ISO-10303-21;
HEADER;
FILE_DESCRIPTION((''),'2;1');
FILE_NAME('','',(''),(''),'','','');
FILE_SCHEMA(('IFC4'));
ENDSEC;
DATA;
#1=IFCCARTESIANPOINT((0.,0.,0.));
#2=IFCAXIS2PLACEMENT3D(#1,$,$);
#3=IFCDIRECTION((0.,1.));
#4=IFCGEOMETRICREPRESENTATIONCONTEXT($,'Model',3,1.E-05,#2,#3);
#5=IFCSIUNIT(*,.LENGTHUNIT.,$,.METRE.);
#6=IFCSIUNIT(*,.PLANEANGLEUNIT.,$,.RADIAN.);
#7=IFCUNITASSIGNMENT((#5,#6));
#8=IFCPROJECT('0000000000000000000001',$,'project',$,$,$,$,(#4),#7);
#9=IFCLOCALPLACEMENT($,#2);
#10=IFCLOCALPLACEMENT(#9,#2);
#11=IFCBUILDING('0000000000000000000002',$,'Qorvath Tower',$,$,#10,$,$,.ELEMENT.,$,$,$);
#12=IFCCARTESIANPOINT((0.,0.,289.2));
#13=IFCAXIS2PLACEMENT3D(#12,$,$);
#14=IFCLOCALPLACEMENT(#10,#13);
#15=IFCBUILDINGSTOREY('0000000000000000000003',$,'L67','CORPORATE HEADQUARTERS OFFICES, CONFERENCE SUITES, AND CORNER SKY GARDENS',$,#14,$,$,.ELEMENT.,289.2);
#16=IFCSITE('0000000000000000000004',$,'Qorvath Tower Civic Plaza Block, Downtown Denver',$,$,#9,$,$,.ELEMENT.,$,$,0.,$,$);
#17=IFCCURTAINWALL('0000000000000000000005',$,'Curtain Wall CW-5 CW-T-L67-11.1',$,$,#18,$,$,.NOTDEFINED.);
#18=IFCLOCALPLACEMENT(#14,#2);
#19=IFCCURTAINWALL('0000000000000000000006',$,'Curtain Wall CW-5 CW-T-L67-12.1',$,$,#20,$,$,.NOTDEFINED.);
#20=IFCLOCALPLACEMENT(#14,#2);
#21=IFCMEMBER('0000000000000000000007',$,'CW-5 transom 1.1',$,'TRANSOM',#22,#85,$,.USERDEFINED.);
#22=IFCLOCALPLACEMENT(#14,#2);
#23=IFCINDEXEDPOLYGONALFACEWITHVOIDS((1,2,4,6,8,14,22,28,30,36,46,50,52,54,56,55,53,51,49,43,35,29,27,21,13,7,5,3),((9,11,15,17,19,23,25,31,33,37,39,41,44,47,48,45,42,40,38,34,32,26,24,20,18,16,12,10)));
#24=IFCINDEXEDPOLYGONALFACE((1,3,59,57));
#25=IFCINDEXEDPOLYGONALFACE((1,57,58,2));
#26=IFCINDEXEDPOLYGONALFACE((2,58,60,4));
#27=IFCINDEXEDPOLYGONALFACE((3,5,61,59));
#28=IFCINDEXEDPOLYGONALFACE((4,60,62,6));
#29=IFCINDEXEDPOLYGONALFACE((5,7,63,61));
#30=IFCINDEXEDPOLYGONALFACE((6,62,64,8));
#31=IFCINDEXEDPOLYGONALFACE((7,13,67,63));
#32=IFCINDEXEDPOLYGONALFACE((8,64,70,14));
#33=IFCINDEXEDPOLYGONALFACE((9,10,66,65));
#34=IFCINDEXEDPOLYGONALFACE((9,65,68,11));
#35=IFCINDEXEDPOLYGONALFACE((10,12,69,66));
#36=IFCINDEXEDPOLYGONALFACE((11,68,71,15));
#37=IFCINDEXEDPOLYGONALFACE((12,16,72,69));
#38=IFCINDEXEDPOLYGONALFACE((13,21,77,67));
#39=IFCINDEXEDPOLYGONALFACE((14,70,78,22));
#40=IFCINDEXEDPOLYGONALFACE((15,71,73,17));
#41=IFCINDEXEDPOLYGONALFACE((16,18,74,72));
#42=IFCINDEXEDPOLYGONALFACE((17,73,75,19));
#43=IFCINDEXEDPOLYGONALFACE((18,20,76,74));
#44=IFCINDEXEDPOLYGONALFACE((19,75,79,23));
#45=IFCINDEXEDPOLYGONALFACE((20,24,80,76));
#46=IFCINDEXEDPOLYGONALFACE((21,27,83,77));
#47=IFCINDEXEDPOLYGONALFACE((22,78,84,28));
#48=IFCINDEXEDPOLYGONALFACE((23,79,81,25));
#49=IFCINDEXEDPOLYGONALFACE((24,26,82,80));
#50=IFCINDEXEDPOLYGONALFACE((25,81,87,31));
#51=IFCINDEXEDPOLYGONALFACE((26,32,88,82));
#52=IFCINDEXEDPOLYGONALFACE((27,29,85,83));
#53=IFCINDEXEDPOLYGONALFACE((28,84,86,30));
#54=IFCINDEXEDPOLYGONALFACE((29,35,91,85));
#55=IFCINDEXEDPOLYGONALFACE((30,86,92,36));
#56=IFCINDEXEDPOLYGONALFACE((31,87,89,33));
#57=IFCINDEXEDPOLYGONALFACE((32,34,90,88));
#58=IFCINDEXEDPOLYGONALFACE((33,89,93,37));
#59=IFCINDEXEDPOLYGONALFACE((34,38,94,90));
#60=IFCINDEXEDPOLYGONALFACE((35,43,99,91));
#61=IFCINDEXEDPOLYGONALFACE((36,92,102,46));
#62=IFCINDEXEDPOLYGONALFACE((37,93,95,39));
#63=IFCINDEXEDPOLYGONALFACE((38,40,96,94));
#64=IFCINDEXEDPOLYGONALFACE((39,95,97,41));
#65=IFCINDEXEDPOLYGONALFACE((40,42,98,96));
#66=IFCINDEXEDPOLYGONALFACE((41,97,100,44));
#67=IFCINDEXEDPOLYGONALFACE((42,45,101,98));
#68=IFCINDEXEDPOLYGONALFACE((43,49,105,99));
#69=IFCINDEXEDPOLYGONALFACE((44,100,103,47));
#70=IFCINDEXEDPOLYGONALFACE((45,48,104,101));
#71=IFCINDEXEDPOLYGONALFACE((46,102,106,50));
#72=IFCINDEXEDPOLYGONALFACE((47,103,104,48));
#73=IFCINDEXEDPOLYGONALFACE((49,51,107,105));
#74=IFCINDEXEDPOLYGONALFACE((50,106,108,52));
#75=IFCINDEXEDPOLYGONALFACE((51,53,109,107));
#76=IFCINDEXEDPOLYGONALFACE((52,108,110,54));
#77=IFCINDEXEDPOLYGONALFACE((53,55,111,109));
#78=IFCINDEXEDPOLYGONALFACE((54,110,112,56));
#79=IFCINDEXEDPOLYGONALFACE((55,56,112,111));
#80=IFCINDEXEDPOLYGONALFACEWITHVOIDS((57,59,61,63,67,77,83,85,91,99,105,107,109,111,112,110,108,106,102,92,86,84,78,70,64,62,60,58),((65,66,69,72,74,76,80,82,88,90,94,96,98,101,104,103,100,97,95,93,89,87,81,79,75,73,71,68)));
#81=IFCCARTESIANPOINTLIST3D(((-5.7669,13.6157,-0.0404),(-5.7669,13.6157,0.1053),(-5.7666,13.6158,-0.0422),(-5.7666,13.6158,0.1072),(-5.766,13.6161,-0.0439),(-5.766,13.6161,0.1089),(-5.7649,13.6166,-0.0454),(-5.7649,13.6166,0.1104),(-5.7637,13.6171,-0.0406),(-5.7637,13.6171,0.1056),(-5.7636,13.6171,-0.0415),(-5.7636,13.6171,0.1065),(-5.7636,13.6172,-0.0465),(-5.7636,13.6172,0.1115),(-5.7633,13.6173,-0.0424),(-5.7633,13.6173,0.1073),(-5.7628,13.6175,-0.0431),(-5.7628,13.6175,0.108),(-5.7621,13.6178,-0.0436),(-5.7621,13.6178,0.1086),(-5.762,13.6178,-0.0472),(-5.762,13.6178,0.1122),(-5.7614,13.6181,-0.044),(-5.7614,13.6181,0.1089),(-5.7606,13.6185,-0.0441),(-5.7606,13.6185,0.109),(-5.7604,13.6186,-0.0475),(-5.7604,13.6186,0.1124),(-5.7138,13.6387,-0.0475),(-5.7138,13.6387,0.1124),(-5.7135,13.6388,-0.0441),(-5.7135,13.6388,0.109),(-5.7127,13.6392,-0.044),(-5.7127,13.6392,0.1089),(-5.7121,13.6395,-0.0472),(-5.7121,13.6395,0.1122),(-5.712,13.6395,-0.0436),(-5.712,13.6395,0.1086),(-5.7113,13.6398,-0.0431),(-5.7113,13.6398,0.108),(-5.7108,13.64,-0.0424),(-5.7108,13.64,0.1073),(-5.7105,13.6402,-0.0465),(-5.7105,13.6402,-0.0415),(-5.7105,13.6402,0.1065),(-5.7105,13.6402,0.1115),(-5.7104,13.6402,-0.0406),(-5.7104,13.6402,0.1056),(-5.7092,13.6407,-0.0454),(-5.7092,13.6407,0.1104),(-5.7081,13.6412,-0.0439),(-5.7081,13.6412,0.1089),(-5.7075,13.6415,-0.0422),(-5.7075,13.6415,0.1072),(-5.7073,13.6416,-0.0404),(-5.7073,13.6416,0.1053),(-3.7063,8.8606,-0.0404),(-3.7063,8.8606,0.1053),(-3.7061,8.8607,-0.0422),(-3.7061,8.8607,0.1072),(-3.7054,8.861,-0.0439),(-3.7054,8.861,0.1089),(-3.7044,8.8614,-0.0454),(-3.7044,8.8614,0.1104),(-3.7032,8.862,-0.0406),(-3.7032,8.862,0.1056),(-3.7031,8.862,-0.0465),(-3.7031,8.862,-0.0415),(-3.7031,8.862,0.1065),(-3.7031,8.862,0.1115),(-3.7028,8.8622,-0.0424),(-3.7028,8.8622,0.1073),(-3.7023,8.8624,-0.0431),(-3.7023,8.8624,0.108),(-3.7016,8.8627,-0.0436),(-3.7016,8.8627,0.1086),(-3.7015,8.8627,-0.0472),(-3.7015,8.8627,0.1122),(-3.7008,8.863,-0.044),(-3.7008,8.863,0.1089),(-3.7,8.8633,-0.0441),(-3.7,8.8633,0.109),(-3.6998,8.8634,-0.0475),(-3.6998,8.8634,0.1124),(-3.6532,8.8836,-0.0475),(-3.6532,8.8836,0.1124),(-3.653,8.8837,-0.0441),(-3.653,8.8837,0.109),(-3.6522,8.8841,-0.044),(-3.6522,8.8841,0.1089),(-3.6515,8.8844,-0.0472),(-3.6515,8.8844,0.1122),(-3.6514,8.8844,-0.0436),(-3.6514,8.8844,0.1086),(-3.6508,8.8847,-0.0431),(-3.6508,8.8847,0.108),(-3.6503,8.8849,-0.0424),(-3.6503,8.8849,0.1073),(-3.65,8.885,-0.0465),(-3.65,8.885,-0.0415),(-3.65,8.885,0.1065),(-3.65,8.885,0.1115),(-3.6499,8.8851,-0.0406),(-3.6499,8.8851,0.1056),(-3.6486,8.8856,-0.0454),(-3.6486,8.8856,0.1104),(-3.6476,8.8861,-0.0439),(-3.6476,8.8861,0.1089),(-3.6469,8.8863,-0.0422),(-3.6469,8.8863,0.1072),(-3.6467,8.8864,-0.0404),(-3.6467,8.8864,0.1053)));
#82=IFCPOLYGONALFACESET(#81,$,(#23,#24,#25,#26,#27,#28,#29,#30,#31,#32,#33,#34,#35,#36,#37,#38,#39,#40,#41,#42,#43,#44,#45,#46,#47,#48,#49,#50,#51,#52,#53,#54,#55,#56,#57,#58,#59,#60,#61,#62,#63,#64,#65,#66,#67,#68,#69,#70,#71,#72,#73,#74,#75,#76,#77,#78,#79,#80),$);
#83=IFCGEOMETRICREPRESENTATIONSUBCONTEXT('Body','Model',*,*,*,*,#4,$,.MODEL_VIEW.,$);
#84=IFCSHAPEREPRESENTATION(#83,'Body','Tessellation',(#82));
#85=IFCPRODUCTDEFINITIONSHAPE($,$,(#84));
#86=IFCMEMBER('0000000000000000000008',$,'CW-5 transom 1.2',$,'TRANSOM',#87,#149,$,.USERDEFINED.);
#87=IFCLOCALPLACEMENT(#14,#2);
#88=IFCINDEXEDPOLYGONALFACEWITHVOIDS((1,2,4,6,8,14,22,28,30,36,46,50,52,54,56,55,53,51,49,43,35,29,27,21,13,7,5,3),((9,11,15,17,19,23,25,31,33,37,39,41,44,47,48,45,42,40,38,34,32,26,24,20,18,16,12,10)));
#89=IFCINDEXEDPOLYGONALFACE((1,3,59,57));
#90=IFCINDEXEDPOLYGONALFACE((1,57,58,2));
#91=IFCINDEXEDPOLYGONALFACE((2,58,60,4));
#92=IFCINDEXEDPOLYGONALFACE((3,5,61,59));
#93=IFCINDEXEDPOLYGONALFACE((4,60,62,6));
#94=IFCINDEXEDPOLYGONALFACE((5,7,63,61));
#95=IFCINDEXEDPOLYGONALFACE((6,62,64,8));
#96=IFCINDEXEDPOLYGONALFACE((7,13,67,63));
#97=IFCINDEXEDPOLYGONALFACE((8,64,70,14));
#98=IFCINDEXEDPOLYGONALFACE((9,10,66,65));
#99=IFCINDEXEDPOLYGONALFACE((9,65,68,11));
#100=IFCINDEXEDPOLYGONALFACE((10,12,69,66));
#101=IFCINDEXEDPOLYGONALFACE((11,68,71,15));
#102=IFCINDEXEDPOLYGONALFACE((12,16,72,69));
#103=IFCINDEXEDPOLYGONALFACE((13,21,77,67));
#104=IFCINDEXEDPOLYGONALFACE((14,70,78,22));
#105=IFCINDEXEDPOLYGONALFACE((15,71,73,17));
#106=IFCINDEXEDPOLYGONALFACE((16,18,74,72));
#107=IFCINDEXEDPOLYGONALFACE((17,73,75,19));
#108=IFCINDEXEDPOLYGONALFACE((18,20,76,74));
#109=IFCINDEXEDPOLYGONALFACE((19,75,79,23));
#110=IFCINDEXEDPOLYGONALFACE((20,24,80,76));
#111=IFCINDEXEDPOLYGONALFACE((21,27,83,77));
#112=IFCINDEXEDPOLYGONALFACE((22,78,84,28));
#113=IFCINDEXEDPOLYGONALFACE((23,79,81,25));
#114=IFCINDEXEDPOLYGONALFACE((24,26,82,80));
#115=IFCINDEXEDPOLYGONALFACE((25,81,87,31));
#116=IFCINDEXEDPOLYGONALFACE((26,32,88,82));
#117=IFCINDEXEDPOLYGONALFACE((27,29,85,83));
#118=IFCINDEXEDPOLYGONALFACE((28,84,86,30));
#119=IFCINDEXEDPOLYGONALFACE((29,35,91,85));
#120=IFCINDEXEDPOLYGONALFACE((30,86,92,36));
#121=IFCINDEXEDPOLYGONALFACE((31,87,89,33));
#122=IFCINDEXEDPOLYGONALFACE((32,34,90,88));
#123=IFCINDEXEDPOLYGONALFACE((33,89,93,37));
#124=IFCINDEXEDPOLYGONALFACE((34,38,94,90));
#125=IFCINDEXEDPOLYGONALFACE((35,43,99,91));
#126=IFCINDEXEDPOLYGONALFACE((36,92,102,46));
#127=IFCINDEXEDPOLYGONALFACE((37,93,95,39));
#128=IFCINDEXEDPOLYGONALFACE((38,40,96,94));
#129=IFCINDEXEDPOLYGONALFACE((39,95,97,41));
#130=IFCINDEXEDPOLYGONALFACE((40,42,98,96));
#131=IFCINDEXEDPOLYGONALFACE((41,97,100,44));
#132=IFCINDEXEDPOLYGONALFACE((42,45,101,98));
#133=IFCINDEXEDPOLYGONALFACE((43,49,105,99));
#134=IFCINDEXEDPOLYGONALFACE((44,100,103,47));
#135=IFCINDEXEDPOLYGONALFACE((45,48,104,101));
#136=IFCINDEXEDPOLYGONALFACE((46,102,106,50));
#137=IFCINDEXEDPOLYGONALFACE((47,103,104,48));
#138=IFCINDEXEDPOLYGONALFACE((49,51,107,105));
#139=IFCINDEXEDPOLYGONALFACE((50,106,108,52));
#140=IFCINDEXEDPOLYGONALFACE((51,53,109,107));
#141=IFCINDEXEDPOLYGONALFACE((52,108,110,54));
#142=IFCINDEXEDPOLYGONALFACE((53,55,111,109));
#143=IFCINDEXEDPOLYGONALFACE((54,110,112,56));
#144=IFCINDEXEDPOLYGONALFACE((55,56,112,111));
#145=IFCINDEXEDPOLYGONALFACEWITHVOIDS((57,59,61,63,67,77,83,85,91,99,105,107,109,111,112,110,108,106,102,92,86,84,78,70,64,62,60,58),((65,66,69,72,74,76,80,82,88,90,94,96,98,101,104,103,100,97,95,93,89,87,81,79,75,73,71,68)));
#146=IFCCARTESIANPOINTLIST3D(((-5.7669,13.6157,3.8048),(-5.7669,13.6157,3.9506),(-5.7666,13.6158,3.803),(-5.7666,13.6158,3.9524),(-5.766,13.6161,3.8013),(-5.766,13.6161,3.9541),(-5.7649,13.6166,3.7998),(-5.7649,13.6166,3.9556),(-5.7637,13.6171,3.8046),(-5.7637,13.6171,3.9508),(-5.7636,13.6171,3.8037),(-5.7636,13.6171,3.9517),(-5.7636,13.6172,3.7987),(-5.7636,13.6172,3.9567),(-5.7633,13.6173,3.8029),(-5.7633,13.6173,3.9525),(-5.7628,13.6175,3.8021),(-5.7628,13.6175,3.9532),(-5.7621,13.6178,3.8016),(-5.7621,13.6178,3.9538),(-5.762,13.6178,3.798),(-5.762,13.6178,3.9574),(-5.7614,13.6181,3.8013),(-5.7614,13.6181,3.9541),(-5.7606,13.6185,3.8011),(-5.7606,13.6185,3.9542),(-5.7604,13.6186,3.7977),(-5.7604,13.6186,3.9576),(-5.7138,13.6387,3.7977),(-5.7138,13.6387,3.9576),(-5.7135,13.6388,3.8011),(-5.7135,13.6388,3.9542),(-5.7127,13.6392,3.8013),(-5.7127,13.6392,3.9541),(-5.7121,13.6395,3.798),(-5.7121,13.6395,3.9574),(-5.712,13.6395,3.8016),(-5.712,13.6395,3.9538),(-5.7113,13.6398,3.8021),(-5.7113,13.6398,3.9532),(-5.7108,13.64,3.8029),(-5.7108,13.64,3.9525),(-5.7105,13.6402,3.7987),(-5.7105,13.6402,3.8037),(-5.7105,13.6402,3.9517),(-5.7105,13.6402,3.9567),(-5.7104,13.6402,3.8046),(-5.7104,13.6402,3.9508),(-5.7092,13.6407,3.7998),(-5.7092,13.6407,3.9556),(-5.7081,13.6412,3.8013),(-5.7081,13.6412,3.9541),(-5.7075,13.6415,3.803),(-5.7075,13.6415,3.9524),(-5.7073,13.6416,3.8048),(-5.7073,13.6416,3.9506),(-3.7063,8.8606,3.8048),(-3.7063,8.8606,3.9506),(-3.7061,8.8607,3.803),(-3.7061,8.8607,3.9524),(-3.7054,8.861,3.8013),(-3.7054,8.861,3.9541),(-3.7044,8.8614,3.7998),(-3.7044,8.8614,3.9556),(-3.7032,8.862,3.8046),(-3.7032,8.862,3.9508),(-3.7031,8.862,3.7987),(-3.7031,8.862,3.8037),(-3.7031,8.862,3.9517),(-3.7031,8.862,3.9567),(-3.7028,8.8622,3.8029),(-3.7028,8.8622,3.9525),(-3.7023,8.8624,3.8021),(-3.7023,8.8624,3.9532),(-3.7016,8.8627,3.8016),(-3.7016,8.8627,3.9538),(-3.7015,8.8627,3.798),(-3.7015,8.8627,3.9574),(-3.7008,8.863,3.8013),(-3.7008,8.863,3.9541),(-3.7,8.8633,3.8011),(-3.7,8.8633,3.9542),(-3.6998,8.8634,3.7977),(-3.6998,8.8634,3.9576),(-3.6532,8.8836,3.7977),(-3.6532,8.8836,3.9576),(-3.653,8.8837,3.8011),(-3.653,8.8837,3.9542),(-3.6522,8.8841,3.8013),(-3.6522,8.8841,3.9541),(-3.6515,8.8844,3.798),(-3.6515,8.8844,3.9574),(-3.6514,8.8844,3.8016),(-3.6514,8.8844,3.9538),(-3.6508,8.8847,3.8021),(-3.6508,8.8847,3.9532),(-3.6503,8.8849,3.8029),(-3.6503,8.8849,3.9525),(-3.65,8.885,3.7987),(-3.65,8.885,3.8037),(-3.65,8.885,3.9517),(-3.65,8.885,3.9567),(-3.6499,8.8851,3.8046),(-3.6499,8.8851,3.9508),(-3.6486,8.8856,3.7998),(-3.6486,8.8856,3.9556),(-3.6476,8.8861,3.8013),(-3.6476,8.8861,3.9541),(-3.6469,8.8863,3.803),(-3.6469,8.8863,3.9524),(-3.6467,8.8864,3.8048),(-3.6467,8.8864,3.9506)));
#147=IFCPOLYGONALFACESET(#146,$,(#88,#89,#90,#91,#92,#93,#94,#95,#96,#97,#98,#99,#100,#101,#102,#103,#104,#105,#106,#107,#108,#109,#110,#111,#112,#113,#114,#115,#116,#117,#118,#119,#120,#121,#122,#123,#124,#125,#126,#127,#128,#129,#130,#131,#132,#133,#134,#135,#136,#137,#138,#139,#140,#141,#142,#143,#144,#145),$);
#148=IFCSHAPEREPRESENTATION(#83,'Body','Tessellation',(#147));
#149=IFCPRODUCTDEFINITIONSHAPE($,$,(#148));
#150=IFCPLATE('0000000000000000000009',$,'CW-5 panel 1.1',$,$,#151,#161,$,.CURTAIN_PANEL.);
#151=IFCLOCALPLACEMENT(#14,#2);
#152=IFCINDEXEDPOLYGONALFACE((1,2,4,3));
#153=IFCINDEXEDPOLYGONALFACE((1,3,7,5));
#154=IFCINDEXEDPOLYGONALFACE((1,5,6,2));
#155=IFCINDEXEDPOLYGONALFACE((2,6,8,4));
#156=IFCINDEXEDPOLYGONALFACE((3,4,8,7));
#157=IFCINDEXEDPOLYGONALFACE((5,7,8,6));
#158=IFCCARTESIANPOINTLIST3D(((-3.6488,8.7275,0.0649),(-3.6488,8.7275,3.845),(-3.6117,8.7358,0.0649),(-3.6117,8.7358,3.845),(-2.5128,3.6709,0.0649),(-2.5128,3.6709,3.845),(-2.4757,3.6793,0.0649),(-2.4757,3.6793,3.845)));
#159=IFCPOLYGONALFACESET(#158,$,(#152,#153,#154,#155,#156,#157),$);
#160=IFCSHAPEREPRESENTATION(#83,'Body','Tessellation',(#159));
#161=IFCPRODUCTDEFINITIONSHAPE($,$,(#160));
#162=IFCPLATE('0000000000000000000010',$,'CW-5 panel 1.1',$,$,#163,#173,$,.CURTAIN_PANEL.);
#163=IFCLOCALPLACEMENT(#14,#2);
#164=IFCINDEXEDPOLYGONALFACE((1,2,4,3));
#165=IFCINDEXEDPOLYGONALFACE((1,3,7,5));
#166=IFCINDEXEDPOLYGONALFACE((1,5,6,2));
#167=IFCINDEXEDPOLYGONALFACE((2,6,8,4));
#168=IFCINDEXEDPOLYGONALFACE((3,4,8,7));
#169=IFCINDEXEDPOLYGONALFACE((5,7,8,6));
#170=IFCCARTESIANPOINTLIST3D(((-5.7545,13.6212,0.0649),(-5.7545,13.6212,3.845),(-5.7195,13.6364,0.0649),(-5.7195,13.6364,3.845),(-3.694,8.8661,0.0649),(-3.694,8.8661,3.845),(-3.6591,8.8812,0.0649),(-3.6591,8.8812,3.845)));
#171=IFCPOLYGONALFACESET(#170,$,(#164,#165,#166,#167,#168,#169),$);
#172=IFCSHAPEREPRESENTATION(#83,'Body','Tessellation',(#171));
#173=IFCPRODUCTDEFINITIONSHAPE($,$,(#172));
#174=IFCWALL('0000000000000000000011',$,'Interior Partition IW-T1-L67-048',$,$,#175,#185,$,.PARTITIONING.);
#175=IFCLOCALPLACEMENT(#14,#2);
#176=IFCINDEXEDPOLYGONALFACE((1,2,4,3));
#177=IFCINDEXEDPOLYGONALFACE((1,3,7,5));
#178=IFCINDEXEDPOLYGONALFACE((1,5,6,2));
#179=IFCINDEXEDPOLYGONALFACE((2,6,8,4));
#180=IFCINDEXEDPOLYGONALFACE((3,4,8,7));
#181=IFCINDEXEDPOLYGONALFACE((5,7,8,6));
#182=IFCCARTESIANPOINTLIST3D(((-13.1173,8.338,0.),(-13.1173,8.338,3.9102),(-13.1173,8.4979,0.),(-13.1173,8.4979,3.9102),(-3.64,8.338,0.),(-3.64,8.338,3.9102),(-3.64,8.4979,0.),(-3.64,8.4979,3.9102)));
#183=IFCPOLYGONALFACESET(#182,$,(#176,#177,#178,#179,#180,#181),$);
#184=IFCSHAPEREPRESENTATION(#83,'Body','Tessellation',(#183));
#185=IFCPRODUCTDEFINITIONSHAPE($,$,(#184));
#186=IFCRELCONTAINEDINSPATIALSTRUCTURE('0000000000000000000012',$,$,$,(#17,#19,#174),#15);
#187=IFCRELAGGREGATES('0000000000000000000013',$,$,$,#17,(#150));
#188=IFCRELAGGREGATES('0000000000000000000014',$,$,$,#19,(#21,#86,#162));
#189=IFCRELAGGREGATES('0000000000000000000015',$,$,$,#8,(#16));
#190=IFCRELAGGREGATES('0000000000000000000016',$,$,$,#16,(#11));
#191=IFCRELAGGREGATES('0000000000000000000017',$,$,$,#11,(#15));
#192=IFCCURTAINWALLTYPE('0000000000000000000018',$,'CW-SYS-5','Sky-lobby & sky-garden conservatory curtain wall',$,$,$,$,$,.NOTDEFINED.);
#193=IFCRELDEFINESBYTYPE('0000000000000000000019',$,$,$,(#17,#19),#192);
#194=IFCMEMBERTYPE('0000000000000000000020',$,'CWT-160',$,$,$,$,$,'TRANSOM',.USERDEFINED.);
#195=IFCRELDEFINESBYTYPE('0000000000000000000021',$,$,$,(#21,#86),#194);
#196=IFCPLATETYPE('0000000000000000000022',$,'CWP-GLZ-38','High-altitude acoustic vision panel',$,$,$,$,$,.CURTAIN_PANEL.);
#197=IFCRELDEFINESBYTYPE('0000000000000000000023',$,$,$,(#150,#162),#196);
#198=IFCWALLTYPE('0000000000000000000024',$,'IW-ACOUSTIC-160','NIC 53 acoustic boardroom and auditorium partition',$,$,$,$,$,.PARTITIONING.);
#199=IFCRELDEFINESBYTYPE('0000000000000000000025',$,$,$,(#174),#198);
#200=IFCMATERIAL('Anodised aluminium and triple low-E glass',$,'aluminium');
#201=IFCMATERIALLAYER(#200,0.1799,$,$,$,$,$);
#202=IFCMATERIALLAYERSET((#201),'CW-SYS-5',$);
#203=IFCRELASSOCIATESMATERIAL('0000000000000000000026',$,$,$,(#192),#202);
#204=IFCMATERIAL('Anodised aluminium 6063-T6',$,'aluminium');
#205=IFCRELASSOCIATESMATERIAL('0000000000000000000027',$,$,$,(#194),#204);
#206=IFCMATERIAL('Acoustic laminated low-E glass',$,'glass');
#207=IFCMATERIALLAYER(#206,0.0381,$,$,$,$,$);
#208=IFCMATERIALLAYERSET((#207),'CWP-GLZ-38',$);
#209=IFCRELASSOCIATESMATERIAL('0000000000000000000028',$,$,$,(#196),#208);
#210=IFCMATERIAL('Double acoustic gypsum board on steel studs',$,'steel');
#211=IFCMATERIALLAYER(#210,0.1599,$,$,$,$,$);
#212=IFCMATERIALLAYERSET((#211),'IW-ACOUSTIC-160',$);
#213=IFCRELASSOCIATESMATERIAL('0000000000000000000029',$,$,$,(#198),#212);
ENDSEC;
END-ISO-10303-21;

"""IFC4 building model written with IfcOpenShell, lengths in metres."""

from ifc_helpers import new_model, si_unit, direction, frame, frame_2d, origin, origin_2d, place, context, subcontext, project, spatial, rectangle, hollow_rectangle, extrude, material, layer, layer_set, material_profile, profile_set, type_object, element, aggregate, save


model = new_model("IFC4")

# Units and contexts
model_context = context("Model", 3, precision=1e-05, world=origin(), true_north=direction((0.0, 1.0)))
body_context = subcontext(model_context, "Body", "Model", "MODEL_VIEW")
ifc_project = project(units=[si_unit("LENGTHUNIT", "METRE"), si_unit("PLANEANGLEUNIT", "RADIAN")], contexts=[model_context])

# Site, building, storey
site_placement = place(None, origin())
site = spatial("IfcSite", under=ifc_project, at=site_placement, Name="Qorvath Tower Civic Plaza Block, Downtown Denver", CompositionType="ELEMENT", RefElevation=0.0)
building_placement = place(site_placement, origin())
building = spatial("IfcBuilding", under=site, at=building_placement, Name="Qorvath Tower", CompositionType="ELEMENT")
storey_placement = place(building_placement, frame((0.0, 0.0, 289.2)))
storey = spatial("IfcBuildingStorey", under=building, at=storey_placement, Name="L67", Description="CORPORATE HEADQUARTERS OFFICES, CONFERENCE SUITES, AND CORNER SKY GARDENS", CompositionType="ELEMENT", Elevation=289.2)

# Curtain wall
ifc_material_1 = material(Name="Anodised aluminium and triple low-E glass", Category="aluminium")
ifc_layer_1 = layer(ifc_material_1, 0.1799)
ifc_layer_set_1 = layer_set([ifc_layer_1], Name="CW-SYS-5")
curtain_wall_type = type_object("IfcCurtainWallType", Name="CW-SYS-5", Description="Sky-lobby & sky-garden conservatory curtain wall", PredefinedType="NOTDEFINED", material=ifc_layer_set_1)
curtain_wall_1_placement = place(storey_placement, origin())
curtain_wall_1 = element("IfcCurtainWall", 1, at=curtain_wall_1_placement, inside=storey, type_object=curtain_wall_type, Name="Curtain Wall CW-5 CW-T-L67-11.1", PredefinedType="NOTDEFINED")

# Curtain wall, members
curtain_wall_2_placement = place(storey_placement, origin())
curtain_wall_2 = element("IfcCurtainWall", 2, at=curtain_wall_2_placement, inside=storey, type_object=curtain_wall_type, Name="Curtain Wall CW-5 CW-T-L67-12.1", PredefinedType="NOTDEFINED")
ifc_material_2 = material(Name="Anodised aluminium 6063-T6", Category="aluminium")
ifc_material_profile_1 = material_profile(ifc_material_2, hollow_rectangle(XDim=0.0649, YDim=0.1599, WallThickness=0.0034, InnerFilletRadius=0.0034, OuterFilletRadius=0.0071, at=origin_2d()), Name="CWT 160x65")
ifc_profile_set_1 = profile_set([ifc_material_profile_1], Name="Anodised aluminium 6063-T6")
member_type_1 = type_object("IfcMemberType", Name="CWT-160", ElementType="TRANSOM", PredefinedType="USERDEFINED", material=ifc_profile_set_1)
member_1_placement = place(storey_placement, frame((-3.6765, 8.8735, 0.0325), z_axis=(-0.397606, 0.917556, 0.0), x_axis=(-0.917556, -0.397606, 0.0)))
member_1 = element("IfcMember", 3, at=member_1_placement, type_object=member_type_1, Name="CW-5 transom 1.1", ObjectType="TRANSOM", PredefinedType="USERDEFINED", context=body_context, shape_type="SweptSolid", body=[
    extrude(hollow_rectangle(XDim=0.0649, YDim=0.1599, WallThickness=0.0034, InnerFilletRadius=0.0034, OuterFilletRadius=0.0071, at=origin_2d()), origin(), (0.0, 0.0, 1.0), 5.1824),
])
member_2_placement = place(storey_placement, frame((-3.6765, 8.8735, 3.8777), z_axis=(-0.397606, 0.917556, 0.0), x_axis=(-0.917556, -0.397606, 0.0)))
member_2 = element("IfcMember", 4, at=member_2_placement, type_object=member_type_1, Name="CW-5 transom 1.2", ObjectType="TRANSOM", PredefinedType="USERDEFINED", context=body_context, shape_type="SweptSolid", body=[
    extrude(hollow_rectangle(XDim=0.0649, YDim=0.1599, WallThickness=0.0034, InnerFilletRadius=0.0034, OuterFilletRadius=0.0071, at=origin_2d()), origin(), (0.0, 0.0, 1.0), 5.1824),
])

# Plates
ifc_material_3 = material(Name="Acoustic laminated low-E glass", Category="glass")
ifc_layer_2 = layer(ifc_material_3, 0.0381)
ifc_layer_set_2 = layer_set([ifc_layer_2], Name="CWP-GLZ-38")
plate_type = type_object("IfcPlateType", Name="CWP-GLZ-38", Description="High-altitude acoustic vision panel", PredefinedType="CURTAIN_PANEL", material=ifc_layer_set_2)
plate_1_placement = place(storey_placement, frame((-3.0623, 6.2034, 0.0649), z_axis=(0.0, 0.0, 1.0), x_axis=(-0.219199, 0.97568, 0.0)))
plate_1 = element("IfcPlate", 5, at=plate_1_placement, type_object=plate_type, Name="CW-5 panel 1.1", PredefinedType="CURTAIN_PANEL", context=body_context, shape_type="SweptSolid", body=[
    extrude(rectangle(XDim=5.1826, YDim=0.0381, at=origin_2d()), origin(), (0.0, 0.0, 1.0), 3.78),
])
aggregate(curtain_wall_1, [plate_1])
plate_2_placement = place(storey_placement, frame((-4.7068, 11.2512, 0.0649), z_axis=(0.0, 0.0, 1.0), x_axis=(-0.39759, 0.917563, 0.0)))
plate_2 = element("IfcPlate", 6, at=plate_2_placement, type_object=plate_type, Name="CW-5 panel 1.1", PredefinedType="CURTAIN_PANEL", context=body_context, shape_type="SweptSolid", body=[
    extrude(rectangle(XDim=5.1824, YDim=0.0381, at=origin_2d()), origin(), (0.0, 0.0, 1.0), 3.78),
])
aggregate(curtain_wall_2, [member_1, member_2, plate_2])

# Wall
ifc_material_4 = material(Name="Double acoustic gypsum board on steel studs", Category="steel")
ifc_layer_3 = layer(ifc_material_4, 0.1599)
ifc_layer_set_3 = layer_set([ifc_layer_3], Name="IW-ACOUSTIC-160")
wall_type_1 = type_object("IfcWallType", Name="IW-ACOUSTIC-160", Description="NIC 53 acoustic boardroom and auditorium partition", PredefinedType="PARTITIONING", material=ifc_layer_set_3)
wall_1_placement = place(storey_placement, frame((-3.6399, 8.418, 0.0), z_axis=(0.0, 0.0, 1.0), x_axis=(-1.0, 0.0, 0.0)))
element("IfcWall", 7, at=wall_1_placement, inside=storey, type_object=wall_type_1, Name="Interior Partition IW-T1-L67-048", PredefinedType="PARTITIONING", context=body_context, shape_type="SweptSolid", body=[
    extrude(rectangle(XDim=9.4773, YDim=0.1599, at=frame_2d((4.7388, 0.0))), origin(), (0.0, 0.0, 1.0), 3.9102),
])

save(model, "model.ifc")
